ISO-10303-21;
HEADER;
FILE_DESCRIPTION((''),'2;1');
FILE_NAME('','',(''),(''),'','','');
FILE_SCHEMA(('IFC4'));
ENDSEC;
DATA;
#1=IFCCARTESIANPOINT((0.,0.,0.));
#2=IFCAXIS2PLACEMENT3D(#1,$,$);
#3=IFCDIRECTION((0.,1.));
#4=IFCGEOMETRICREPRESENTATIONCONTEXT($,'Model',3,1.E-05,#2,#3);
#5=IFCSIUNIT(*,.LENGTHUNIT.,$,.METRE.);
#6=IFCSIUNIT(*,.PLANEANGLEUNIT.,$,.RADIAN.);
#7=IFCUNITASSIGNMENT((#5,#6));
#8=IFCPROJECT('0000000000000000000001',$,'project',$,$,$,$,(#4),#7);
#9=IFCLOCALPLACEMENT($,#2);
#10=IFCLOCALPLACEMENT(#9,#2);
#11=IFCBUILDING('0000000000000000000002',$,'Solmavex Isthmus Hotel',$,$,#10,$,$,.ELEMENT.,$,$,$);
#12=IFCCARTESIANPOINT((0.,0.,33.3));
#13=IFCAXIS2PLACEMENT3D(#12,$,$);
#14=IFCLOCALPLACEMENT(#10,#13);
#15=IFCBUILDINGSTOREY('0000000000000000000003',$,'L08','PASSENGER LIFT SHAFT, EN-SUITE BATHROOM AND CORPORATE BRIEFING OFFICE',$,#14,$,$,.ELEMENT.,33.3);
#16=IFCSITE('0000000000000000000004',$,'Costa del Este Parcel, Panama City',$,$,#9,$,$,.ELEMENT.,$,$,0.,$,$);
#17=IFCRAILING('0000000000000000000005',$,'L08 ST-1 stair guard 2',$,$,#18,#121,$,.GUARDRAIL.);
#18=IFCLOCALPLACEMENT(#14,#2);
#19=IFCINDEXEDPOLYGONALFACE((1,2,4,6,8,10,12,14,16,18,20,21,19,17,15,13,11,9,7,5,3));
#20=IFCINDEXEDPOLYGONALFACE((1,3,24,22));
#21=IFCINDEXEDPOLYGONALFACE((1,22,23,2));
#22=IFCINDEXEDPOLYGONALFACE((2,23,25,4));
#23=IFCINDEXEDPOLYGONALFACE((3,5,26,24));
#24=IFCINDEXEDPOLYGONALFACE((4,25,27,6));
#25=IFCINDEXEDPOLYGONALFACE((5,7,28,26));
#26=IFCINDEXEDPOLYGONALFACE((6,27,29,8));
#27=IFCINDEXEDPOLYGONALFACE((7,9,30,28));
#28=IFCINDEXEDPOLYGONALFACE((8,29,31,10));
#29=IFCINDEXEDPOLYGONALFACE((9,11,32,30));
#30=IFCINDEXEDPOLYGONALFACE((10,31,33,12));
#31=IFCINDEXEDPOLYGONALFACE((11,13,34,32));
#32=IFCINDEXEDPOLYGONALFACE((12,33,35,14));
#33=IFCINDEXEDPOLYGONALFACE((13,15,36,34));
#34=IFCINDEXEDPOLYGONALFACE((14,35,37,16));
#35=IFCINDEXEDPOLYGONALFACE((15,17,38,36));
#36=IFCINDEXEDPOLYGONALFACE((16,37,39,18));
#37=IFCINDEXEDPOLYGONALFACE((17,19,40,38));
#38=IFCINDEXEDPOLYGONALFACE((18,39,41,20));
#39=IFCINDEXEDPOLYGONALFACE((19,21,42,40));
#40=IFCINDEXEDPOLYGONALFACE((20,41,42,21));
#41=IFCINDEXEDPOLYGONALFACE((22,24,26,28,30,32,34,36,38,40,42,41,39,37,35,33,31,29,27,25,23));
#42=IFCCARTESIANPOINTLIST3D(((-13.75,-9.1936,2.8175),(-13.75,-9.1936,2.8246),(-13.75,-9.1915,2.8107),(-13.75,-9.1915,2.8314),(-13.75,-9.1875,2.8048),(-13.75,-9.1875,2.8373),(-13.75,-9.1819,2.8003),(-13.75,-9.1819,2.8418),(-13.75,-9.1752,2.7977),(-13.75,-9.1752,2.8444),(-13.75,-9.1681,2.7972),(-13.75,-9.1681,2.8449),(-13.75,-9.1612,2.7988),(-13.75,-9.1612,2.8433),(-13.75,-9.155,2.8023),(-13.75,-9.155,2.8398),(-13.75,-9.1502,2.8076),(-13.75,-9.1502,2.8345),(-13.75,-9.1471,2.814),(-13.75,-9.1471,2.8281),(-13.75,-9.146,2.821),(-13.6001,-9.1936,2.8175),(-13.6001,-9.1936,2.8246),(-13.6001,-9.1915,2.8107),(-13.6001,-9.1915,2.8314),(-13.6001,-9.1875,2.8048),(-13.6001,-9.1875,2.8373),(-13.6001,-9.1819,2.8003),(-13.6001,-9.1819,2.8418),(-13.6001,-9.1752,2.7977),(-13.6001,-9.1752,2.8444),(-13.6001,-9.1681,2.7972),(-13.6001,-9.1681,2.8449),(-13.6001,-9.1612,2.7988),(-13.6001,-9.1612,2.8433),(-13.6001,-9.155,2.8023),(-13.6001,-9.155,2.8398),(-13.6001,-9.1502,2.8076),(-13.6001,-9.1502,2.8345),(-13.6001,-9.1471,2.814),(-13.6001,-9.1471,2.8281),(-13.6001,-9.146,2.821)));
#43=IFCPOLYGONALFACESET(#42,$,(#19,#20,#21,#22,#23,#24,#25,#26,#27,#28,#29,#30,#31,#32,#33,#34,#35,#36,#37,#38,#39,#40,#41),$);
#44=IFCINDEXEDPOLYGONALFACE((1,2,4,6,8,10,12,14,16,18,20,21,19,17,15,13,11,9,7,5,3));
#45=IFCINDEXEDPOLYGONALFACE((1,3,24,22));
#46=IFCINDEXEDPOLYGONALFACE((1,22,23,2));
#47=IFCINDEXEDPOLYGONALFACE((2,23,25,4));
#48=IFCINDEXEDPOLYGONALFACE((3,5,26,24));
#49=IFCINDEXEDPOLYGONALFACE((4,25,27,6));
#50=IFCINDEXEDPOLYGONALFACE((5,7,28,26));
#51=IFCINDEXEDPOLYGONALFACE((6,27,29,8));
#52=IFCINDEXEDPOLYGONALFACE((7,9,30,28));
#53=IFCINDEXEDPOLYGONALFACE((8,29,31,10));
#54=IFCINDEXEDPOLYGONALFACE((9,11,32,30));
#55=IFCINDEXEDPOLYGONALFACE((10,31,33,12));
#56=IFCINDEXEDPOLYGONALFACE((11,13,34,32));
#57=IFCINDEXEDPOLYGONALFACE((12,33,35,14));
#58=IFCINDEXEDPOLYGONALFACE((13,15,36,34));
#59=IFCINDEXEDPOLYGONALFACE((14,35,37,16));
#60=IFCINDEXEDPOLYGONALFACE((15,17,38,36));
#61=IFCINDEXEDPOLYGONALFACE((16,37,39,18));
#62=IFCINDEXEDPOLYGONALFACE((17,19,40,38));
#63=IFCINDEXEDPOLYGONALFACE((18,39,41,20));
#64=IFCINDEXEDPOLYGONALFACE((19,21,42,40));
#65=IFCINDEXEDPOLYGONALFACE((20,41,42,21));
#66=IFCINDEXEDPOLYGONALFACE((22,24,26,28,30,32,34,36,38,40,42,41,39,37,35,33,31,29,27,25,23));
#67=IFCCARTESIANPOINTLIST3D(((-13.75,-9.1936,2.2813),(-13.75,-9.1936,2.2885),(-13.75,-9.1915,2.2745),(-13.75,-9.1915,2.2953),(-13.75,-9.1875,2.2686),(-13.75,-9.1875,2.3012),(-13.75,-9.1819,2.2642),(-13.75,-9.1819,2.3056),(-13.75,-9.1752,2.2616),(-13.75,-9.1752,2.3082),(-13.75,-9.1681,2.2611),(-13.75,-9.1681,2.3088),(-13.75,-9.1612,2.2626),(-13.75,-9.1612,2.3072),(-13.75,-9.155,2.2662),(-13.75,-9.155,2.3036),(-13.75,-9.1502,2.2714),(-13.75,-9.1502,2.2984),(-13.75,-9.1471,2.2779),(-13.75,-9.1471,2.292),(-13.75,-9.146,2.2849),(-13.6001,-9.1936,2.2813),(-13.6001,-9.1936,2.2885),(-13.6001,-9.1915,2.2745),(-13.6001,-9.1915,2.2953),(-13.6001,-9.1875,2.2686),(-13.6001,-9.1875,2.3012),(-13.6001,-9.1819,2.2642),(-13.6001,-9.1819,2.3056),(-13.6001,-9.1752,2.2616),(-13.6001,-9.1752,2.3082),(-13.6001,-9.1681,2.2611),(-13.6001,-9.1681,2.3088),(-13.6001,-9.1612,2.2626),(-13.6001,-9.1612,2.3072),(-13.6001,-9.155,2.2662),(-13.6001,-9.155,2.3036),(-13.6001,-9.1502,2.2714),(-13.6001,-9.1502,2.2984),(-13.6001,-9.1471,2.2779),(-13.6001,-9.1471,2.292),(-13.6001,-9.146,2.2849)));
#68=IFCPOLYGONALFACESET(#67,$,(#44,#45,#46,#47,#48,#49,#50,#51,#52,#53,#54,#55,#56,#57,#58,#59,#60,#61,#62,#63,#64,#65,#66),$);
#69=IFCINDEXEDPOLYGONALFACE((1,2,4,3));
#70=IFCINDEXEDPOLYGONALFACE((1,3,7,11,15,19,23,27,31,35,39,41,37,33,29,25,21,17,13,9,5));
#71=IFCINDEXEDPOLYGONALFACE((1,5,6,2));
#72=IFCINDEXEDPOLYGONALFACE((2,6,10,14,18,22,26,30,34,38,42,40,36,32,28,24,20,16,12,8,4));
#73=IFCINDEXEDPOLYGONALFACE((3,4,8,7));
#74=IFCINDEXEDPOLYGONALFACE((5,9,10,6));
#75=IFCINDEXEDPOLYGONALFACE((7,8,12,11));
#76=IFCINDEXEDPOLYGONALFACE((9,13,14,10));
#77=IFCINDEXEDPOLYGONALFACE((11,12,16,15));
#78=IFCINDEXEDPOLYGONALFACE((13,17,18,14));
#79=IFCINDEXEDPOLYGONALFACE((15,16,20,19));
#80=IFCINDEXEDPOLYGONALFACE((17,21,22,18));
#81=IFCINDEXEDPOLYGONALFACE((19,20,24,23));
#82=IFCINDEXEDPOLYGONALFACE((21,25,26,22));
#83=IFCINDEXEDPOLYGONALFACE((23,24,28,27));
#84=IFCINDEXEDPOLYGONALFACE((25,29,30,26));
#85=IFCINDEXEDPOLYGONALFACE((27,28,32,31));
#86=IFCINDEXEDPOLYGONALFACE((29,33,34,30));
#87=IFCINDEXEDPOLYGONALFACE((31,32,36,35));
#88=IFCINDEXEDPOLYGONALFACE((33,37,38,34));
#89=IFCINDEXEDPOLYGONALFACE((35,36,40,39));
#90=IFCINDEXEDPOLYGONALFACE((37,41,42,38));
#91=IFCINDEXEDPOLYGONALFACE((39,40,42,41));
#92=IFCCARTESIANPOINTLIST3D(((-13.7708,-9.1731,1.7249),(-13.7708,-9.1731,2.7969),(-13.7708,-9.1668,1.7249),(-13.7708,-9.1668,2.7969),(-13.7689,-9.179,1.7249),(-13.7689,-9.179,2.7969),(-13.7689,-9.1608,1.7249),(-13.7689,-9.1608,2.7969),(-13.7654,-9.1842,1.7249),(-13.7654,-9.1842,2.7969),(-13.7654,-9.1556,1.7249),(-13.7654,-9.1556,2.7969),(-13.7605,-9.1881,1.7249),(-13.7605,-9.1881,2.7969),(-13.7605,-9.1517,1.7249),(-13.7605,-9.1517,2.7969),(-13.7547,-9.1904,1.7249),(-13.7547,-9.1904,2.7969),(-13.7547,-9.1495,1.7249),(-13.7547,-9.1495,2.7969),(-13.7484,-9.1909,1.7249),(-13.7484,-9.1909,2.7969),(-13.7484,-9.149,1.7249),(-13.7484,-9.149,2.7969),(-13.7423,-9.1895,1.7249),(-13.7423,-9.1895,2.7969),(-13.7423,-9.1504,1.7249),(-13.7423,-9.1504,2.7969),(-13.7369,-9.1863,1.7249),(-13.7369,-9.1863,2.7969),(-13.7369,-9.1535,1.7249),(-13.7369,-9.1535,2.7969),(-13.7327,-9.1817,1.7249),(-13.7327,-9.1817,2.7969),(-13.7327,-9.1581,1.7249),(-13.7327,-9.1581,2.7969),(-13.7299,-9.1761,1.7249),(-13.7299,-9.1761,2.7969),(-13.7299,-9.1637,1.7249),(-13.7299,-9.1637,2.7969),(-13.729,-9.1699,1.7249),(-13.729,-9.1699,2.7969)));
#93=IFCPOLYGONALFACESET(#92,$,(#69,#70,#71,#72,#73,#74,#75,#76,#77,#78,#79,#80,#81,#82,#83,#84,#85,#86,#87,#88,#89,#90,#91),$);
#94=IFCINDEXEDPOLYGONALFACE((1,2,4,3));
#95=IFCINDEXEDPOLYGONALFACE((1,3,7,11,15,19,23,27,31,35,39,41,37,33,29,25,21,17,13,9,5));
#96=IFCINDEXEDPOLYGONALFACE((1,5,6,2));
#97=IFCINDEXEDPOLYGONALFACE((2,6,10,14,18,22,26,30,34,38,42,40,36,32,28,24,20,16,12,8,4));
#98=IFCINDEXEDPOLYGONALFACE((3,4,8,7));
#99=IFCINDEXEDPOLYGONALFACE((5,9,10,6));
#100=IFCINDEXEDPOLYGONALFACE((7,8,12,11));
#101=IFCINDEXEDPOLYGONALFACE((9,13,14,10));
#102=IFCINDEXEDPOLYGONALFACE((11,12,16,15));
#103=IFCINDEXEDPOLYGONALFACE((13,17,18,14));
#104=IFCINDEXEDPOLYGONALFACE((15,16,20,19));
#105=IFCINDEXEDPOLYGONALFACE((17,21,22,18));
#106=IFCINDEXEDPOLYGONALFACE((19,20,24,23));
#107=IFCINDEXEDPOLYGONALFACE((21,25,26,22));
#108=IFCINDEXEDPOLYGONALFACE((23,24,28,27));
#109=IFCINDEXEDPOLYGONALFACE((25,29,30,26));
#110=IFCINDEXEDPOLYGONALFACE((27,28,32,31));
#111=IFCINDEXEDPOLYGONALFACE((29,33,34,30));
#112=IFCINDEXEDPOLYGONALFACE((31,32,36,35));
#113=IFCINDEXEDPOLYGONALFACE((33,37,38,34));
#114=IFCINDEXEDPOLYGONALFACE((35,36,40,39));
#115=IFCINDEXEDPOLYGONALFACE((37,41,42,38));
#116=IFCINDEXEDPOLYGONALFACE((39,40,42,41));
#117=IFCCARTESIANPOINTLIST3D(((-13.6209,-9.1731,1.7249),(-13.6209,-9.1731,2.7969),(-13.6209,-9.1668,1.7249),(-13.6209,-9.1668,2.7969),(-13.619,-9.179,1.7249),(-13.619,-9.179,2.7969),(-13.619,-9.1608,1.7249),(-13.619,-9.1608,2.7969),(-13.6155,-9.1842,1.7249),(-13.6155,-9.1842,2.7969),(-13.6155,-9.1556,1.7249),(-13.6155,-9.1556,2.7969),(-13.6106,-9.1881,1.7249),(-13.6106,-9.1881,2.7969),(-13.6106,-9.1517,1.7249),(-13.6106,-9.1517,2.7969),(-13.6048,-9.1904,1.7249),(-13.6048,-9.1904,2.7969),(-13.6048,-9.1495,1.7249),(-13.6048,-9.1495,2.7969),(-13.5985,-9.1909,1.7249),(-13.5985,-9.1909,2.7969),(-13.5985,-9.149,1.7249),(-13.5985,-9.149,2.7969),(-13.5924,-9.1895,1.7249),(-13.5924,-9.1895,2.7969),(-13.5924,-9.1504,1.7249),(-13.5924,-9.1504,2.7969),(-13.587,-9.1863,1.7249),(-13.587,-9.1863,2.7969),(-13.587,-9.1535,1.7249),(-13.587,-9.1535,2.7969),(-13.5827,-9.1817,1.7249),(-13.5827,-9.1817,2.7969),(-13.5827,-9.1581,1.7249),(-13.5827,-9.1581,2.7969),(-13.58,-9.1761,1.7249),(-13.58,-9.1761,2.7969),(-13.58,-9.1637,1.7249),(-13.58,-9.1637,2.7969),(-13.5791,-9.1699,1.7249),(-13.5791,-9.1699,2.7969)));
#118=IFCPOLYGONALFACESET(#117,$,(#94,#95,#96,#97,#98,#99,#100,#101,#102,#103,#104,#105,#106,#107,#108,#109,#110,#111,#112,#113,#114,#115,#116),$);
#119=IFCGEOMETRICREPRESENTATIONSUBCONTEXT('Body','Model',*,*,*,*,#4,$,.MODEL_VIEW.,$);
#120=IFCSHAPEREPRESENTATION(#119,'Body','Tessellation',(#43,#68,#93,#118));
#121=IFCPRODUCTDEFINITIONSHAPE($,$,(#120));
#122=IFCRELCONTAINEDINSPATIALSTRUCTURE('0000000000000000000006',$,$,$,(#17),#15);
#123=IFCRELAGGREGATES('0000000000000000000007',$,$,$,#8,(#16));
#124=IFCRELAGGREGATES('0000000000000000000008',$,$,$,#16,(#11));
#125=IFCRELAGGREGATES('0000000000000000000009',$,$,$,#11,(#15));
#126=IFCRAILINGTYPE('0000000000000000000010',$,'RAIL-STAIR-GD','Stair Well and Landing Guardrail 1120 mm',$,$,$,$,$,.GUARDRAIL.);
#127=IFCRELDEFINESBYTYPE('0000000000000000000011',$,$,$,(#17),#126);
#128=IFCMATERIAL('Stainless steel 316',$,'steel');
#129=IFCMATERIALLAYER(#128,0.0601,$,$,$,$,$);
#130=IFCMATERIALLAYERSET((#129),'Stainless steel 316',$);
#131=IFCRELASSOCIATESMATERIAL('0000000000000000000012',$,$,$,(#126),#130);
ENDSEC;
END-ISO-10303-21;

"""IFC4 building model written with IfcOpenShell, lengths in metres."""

from ifc_helpers import new_model, si_unit, direction, frame, origin, origin_2d, place, context, subcontext, project, spatial, circle, extrude, material, layer, layer_set, type_object, element, save


model = new_model("IFC4")

# Units and contexts
model_context = context("Model", 3, precision=1e-05, world=origin(), true_north=direction((0.0, 1.0)))
body_context = subcontext(model_context, "Body", "Model", "MODEL_VIEW")
ifc_project = project(units=[si_unit("LENGTHUNIT", "METRE"), si_unit("PLANEANGLEUNIT", "RADIAN")], contexts=[model_context])

# Site, building, storey
site_placement = place(None, origin())
site = spatial("IfcSite", under=ifc_project, at=site_placement, Name="Costa del Este Parcel, Panama City", CompositionType="ELEMENT", RefElevation=0.0)
building_placement = place(site_placement, origin())
building = spatial("IfcBuilding", under=site, at=building_placement, Name="Solmavex Isthmus Hotel", CompositionType="ELEMENT")
storey_placement = place(building_placement, frame((0.0, 0.0, 33.3)))
storey = spatial("IfcBuildingStorey", under=building, at=storey_placement, Name="L08", Description="PASSENGER LIFT SHAFT, EN-SUITE BATHROOM AND CORPORATE BRIEFING OFFICE", CompositionType="ELEMENT", Elevation=33.3)

# Shared definitions
ifc_material_1 = material(Name="Stainless steel 316", Category="steel")

# Railing
ifc_layer_1 = layer(ifc_material_1, 0.0601)
ifc_layer_set_1 = layer_set([ifc_layer_1], Name="Stainless steel 316")
railing_type_1 = type_object("IfcRailingType", Name="RAIL-STAIR-GD", Description="Stair Well and Landing Guardrail 1120 mm", PredefinedType="GUARDRAIL", material=ifc_layer_set_1)
railing_1_placement = place(storey_placement, frame((-13.75, -9.1699, 1.7249)))
element("IfcRailing", 1, at=railing_1_placement, inside=storey, type_object=railing_type_1, Name="L08 ST-1 stair guard 2", PredefinedType="GUARDRAIL", context=body_context, shape_type="SweptSolid", body=[
    extrude(circle(Radius=0.0239, at=origin_2d()), frame((0.0, 0.0, 1.0962), z_axis=(1.0, 0.0, 0.0), x_axis=(0.0, 1.0, 0.0)), (0.0, 0.0, 1.0), 0.1499),
    extrude(circle(Radius=0.0239, at=origin_2d()), frame((0.0, 0.0, 0.5601), z_axis=(1.0, 0.0, 0.0), x_axis=(0.0, 1.0, 0.0)), (0.0, 0.0, 1.0), 0.1499),
    extrude(circle(Radius=0.021, at=origin_2d()), origin(), (0.0, 0.0, 1.0), 1.072),
    extrude(circle(Radius=0.021, at=origin_2d()), frame((0.1499, 0.0, 0.0)), (0.0, 0.0, 1.0), 1.072),
])

save(model, "model.ifc")
